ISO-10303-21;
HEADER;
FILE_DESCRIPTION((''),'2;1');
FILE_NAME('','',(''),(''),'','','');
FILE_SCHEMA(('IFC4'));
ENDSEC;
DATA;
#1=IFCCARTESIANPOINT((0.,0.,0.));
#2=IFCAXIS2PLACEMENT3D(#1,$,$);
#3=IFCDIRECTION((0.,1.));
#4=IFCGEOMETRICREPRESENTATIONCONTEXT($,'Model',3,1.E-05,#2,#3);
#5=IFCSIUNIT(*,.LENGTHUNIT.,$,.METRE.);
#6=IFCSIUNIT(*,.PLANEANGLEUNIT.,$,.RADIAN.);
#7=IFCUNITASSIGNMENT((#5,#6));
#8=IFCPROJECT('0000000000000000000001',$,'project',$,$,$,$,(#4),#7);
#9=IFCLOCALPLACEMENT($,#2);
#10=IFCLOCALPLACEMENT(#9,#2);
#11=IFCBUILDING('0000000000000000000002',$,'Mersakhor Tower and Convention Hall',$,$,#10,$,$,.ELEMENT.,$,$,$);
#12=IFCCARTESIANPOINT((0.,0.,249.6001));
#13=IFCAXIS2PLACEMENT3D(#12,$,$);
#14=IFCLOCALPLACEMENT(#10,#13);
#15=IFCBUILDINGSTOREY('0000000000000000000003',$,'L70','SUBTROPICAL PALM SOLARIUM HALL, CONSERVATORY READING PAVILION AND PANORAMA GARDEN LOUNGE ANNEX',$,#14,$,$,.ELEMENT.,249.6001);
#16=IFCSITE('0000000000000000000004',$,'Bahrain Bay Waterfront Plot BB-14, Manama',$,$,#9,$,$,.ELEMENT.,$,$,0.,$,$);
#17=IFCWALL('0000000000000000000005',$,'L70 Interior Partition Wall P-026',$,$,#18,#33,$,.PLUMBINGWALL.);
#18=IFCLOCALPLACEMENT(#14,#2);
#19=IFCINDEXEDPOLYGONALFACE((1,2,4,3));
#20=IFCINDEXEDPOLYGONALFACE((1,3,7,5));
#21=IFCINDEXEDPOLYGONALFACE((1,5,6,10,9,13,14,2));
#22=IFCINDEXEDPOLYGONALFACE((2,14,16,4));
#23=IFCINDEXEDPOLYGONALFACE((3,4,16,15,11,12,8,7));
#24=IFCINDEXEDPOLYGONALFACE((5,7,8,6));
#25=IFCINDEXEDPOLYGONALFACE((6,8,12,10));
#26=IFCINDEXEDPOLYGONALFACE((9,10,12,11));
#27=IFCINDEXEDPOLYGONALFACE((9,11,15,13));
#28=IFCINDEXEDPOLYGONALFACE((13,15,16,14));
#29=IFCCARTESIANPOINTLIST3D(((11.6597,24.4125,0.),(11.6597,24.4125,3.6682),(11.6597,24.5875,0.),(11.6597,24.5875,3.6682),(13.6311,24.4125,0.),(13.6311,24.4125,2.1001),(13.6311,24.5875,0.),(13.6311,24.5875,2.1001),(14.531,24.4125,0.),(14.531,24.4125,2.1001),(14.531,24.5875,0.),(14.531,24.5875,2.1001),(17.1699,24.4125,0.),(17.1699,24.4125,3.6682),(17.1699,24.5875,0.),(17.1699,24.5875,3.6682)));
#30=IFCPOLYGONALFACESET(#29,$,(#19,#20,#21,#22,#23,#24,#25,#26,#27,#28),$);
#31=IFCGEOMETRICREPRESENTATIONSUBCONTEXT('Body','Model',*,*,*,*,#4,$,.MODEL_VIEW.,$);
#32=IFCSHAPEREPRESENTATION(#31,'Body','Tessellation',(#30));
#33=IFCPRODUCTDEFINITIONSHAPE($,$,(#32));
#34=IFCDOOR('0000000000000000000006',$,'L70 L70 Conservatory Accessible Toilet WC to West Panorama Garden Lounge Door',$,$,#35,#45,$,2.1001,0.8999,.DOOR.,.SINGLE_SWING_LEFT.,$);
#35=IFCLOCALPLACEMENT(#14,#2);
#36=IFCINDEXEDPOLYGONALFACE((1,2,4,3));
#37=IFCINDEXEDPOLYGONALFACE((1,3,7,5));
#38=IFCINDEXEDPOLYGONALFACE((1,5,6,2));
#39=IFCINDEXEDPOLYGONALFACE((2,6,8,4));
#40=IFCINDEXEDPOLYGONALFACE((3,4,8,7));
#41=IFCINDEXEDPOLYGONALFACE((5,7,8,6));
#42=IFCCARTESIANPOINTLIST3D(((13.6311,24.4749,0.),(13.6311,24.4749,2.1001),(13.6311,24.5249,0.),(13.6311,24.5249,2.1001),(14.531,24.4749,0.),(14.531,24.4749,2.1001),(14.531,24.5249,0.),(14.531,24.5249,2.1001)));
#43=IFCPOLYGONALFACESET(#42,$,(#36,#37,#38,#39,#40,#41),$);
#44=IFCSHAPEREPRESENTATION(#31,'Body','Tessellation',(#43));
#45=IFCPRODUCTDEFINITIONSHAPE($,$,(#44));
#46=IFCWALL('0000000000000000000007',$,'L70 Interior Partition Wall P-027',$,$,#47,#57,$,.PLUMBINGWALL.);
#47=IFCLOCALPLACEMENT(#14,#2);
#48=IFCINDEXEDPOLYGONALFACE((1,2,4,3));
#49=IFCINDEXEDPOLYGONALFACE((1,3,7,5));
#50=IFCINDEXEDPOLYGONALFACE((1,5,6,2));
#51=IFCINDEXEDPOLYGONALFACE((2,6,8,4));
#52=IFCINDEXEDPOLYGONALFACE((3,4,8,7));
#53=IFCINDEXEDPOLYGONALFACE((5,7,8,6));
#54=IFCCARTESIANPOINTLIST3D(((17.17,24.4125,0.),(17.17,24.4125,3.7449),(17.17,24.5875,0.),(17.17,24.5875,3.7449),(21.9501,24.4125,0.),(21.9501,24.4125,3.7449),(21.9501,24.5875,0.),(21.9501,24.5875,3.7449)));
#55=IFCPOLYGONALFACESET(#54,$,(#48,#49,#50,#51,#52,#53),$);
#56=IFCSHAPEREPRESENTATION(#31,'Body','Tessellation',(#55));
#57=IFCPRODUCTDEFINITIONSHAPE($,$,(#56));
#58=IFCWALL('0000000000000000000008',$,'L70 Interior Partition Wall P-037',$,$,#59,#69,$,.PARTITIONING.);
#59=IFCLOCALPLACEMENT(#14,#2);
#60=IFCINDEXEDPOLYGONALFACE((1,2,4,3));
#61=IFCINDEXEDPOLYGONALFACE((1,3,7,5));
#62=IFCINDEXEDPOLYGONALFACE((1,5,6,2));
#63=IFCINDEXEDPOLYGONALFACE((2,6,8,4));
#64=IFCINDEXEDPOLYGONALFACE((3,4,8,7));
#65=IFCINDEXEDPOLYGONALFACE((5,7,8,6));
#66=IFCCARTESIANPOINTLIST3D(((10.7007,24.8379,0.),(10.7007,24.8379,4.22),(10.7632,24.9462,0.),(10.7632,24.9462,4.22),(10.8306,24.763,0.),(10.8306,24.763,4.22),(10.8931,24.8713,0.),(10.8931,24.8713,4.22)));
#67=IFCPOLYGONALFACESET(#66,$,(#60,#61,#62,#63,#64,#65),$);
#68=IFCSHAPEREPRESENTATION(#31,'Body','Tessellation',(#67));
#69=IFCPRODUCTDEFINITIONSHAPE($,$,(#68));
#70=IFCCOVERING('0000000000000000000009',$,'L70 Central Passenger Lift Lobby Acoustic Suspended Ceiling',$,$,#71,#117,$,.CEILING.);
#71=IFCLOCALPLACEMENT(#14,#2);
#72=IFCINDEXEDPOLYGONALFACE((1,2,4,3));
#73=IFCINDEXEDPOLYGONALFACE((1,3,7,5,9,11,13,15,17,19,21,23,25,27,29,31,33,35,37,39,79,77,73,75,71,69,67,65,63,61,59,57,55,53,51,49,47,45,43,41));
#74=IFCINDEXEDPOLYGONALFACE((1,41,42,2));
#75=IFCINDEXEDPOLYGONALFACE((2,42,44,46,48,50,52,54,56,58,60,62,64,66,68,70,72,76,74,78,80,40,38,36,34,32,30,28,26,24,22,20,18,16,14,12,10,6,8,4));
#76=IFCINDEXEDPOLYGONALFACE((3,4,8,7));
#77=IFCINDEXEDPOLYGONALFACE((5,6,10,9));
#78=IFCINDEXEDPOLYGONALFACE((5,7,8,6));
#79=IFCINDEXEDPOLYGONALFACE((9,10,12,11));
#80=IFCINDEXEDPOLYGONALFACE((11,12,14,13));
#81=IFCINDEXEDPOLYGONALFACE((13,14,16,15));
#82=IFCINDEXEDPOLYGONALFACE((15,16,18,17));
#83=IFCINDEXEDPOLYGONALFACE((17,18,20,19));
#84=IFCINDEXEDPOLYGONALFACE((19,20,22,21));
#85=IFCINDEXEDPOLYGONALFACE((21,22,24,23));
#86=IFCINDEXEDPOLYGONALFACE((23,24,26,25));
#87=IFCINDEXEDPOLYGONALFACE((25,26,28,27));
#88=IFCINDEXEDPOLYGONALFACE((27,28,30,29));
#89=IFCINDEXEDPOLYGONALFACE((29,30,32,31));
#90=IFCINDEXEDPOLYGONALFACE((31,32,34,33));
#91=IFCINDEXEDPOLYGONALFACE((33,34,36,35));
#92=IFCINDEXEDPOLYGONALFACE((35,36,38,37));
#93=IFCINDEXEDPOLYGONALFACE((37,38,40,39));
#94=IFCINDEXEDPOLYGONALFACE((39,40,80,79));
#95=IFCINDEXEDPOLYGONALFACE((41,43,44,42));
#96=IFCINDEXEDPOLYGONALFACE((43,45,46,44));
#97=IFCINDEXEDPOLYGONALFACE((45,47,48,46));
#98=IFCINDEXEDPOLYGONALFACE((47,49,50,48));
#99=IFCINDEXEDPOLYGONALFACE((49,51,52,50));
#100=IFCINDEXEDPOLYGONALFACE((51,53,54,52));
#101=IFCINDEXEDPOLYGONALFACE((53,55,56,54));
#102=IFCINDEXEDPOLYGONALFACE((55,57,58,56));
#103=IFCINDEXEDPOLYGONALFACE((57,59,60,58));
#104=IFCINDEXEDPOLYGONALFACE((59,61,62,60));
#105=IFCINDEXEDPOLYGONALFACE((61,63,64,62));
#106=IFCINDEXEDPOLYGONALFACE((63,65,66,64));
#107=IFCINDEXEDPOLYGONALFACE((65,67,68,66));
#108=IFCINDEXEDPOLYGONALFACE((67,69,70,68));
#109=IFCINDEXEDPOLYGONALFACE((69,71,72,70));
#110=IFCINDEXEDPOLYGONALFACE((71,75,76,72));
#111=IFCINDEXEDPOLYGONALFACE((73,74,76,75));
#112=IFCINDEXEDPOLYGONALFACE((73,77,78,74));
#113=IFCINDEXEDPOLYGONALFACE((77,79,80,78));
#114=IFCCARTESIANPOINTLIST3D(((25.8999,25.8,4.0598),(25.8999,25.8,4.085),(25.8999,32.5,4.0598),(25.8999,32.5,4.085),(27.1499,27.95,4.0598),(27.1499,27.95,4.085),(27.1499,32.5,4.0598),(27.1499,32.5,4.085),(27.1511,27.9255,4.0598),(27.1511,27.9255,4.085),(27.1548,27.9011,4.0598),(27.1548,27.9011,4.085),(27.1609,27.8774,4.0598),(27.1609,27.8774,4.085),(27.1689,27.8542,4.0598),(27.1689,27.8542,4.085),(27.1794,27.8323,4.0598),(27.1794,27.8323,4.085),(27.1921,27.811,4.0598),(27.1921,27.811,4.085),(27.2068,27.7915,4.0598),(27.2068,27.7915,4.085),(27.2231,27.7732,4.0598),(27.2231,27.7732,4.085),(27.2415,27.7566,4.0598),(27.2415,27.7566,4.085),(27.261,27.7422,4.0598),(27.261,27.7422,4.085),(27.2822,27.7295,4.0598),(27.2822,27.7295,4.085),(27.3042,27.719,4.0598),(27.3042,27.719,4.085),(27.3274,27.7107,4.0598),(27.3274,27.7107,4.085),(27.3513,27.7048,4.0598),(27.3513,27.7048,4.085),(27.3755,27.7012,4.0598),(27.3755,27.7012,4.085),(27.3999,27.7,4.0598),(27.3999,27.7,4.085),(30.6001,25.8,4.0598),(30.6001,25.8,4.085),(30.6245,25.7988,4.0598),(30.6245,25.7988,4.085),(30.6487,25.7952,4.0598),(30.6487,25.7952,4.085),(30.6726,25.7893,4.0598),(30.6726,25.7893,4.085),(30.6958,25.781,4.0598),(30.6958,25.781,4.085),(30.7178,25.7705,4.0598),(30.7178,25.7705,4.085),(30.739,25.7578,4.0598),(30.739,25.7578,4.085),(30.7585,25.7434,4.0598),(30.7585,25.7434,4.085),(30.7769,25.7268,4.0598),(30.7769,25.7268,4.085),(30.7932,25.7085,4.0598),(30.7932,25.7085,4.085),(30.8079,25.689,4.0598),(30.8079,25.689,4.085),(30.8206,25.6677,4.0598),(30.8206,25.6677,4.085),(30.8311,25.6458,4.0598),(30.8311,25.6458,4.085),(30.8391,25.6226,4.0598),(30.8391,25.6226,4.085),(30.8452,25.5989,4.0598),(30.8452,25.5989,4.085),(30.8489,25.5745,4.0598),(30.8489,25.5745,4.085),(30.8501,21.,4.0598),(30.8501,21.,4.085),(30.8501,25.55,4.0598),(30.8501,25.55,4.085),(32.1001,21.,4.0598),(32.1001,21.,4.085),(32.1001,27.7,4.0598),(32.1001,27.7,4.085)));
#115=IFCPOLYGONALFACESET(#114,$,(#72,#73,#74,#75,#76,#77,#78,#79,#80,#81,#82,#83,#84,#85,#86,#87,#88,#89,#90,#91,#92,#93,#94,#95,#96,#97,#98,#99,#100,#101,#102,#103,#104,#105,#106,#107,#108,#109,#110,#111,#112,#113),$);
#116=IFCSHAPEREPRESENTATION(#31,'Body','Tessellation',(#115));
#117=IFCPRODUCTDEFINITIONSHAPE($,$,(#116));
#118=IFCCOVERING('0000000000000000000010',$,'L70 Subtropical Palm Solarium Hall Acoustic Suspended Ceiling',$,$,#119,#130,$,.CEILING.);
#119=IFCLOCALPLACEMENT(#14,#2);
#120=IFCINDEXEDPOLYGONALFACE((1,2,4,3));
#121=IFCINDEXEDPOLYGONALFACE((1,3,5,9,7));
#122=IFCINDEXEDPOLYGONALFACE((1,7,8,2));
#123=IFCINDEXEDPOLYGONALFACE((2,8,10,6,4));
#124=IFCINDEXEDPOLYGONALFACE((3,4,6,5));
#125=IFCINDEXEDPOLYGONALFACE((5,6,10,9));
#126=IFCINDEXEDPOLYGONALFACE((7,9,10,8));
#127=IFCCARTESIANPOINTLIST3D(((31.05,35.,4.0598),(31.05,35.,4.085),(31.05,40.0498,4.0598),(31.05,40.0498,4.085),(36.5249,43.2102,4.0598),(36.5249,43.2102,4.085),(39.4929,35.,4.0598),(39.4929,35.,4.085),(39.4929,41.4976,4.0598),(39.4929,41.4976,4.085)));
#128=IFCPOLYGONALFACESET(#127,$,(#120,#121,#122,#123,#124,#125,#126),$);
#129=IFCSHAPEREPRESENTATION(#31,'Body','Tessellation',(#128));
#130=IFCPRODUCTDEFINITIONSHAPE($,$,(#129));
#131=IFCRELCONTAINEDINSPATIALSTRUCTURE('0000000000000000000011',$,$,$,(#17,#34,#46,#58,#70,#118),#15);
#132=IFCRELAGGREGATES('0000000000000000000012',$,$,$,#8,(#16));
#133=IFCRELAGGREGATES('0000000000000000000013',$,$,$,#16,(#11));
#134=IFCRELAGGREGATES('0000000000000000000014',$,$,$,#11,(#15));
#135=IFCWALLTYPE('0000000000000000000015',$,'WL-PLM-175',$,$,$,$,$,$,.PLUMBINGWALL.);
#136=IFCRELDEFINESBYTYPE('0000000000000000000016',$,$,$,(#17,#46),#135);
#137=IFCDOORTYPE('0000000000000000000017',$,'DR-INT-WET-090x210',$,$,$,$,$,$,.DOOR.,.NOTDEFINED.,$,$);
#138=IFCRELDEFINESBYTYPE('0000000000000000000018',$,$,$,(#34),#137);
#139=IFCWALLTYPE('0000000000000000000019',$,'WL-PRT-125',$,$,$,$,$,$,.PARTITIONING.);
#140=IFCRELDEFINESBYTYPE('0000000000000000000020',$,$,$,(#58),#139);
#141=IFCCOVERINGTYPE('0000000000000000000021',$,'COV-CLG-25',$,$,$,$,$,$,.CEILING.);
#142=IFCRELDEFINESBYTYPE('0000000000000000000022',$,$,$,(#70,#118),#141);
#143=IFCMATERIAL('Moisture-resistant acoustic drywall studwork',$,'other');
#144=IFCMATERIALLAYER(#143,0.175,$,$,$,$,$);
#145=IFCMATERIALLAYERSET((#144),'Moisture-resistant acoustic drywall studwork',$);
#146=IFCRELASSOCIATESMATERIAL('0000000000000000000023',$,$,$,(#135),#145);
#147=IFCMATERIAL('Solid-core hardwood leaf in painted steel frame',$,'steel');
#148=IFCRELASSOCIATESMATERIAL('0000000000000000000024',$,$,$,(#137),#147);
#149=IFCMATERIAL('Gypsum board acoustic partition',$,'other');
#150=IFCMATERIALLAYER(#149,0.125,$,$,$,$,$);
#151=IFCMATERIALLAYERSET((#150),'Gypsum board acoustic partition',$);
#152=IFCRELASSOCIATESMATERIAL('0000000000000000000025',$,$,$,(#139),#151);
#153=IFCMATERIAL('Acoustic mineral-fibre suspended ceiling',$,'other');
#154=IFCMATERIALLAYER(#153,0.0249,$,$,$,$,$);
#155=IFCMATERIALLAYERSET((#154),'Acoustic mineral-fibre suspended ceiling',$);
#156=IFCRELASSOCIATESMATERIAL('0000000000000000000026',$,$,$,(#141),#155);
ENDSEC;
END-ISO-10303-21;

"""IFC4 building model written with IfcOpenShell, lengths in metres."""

from ifc_helpers import new_model, si_unit, direction, frame, frame_2d, origin, place, context, subcontext, project, spatial, polyline, rectangle, outline, extrude, material, layer, layer_set, type_object, element, fill, save


model = new_model("IFC4")

# Units and contexts
model_context = context("Model", 3, precision=1e-05, world=origin(), true_north=direction((0.0, 1.0)))
body_context = subcontext(model_context, "Body", "Model", "MODEL_VIEW")
ifc_project = project(units=[si_unit("LENGTHUNIT", "METRE"), si_unit("PLANEANGLEUNIT", "RADIAN")], contexts=[model_context])

# Site, building, storey
site_placement = place(None, origin())
site = spatial("IfcSite", under=ifc_project, at=site_placement, Name="Bahrain Bay Waterfront Plot BB-14, Manama", CompositionType="ELEMENT", RefElevation=0.0)
building_placement = place(site_placement, origin())
building = spatial("IfcBuilding", under=site, at=building_placement, Name="Mersakhor Tower and Convention Hall", CompositionType="ELEMENT")
storey_placement = place(building_placement, frame((0.0, 0.0, 249.6001)))
storey = spatial("IfcBuildingStorey", under=building, at=storey_placement, Name="L70", Description="SUBTROPICAL PALM SOLARIUM HALL, CONSERVATORY READING PAVILION AND PANORAMA GARDEN LOUNGE ANNEX", CompositionType="ELEMENT", Elevation=249.6001)

# Wall, opening, door
ifc_material_1 = material(Name="Moisture-resistant acoustic drywall studwork", Category="other")
ifc_layer_1 = layer(ifc_material_1, 0.175)
ifc_layer_set_1 = layer_set([ifc_layer_1], Name="Moisture-resistant acoustic drywall studwork")
wall_type_1 = type_object("IfcWallType", Name="WL-PLM-175", PredefinedType="PLUMBINGWALL", material=ifc_layer_set_1)
wall_1_placement = place(storey_placement, frame((11.6597, 24.5, 0.0), z_axis=(0.0, 0.0, 1.0), x_axis=(1.0, 0.0, 0.0)))
wall_1 = element("IfcWall", 1, at=wall_1_placement, inside=storey, type_object=wall_type_1, Name="L70 Interior Partition Wall P-026", PredefinedType="PLUMBINGWALL", context=body_context, shape_type="SweptSolid", body=[
    extrude(rectangle(XDim=5.5103, YDim=0.175, at=frame_2d((2.7551, 0.0))), origin(), (0.0, 0.0, 1.0), 3.6682),
])
opening_placement = place(wall_1_placement, frame((1.9714, 0.0, 0.0)))
opening = element("IfcOpeningElement", 2, at=opening_placement, cuts=wall_1, PredefinedType="OPENING", context=body_context, shape_type="SweptSolid", body=[
    extrude(rectangle(XDim=0.8999, YDim=2.1001, at=frame_2d((0.45, 1.05))), frame((0.0, 0.0974, 0.0), z_axis=(0.0, -1.0, 0.0), x_axis=(1.0, 0.0, 0.0)), (0.0, 0.0, 1.0), 0.1951),
])
ifc_material_2 = material(Name="Solid-core hardwood leaf in painted steel frame", Category="steel")
door_type = type_object("IfcDoorType", Name="DR-INT-WET-090x210", OperationType="NOTDEFINED", PredefinedType="DOOR", material=ifc_material_2)
door_placement = place(opening_placement, origin())
door = element("IfcDoor", 3, at=door_placement, inside=storey, type_object=door_type, Name="L70 L70 Conservatory Accessible Toilet WC to West Panorama Garden Lounge Door", OperationType="SINGLE_SWING_LEFT", OverallHeight=2.1001, OverallWidth=0.8999, PredefinedType="DOOR", context=body_context, shape_type="SweptSolid", body=[
    extrude(rectangle(XDim=0.8999, YDim=2.1001, at=frame_2d((0.45, 1.05))), frame((0.0, 0.0249, 0.0), z_axis=(0.0, -1.0, 0.0), x_axis=(1.0, 0.0, 0.0)), (0.0, 0.0, 1.0), 0.05),
])
fill(opening, door)

# Walls
wall_2_placement = place(storey_placement, frame((17.1699, 24.5, 0.0), z_axis=(0.0, 0.0, 1.0), x_axis=(1.0, 0.0, 0.0)))
element("IfcWall", 4, at=wall_2_placement, inside=storey, type_object=wall_type_1, Name="L70 Interior Partition Wall P-027", PredefinedType="PLUMBINGWALL", context=body_context, shape_type="SweptSolid", body=[
    extrude(rectangle(XDim=4.78, YDim=0.175, at=frame_2d((2.3901, 0.0))), origin(), (0.0, 0.0, 1.0), 3.7449),
])
ifc_material_3 = material(Name="Gypsum board acoustic partition", Category="other")
ifc_layer_2 = layer(ifc_material_3, 0.125)
ifc_layer_set_2 = layer_set([ifc_layer_2], Name="Gypsum board acoustic partition")
wall_type_2 = type_object("IfcWallType", Name="WL-PRT-125", PredefinedType="PARTITIONING", material=ifc_layer_set_2)
wall_3_placement = place(storey_placement, frame((10.8618, 24.8171, 0.0), z_axis=(0.0, 0.0, 1.0), x_axis=(-0.866131, 0.499816, 0.0)))
element("IfcWall", 5, at=wall_3_placement, inside=storey, type_object=wall_type_2, Name="L70 Interior Partition Wall P-037", PredefinedType="PARTITIONING", context=body_context, shape_type="SweptSolid", body=[
    extrude(rectangle(XDim=0.1499, YDim=0.125, at=frame_2d((0.075, 0.0))), origin(), (0.0, 0.0, 1.0), 4.22),
])

# Coverings
ifc_material_4 = material(Name="Acoustic mineral-fibre suspended ceiling", Category="other")
ifc_layer_3 = layer(ifc_material_4, 0.0249)
ifc_layer_set_3 = layer_set([ifc_layer_3], Name="Acoustic mineral-fibre suspended ceiling")
covering_type_1 = type_object("IfcCoveringType", Name="COV-CLG-25", PredefinedType="CEILING", material=ifc_layer_set_3)
covering_1_placement = place(storey_placement, frame((0.0, 0.0, 4.0598)))
element("IfcCovering", 6, at=covering_1_placement, inside=storey, type_object=covering_type_1, Name="L70 Central Passenger Lift Lobby Acoustic Suspended Ceiling", PredefinedType="CEILING", context=body_context, shape_type="SweptSolid", body=[
    extrude(outline(polyline([(30.8501, 21.0), (30.8501, 25.55), (30.8489, 25.5745), (30.8452, 25.5989), (30.8391, 25.6226), (30.8311, 25.6458), (30.8206, 25.6677), (30.8079, 25.689), (30.7932, 25.7085), (30.7769, 25.7268), (30.7585, 25.7434), (30.739, 25.7578), (30.7178, 25.7705), (30.6958, 25.781), (30.6726, 25.7893), (30.6487, 25.7952), (30.6245, 25.7988), (30.6001, 25.8), (25.8999, 25.8), (25.8999, 32.5), (27.1499, 32.5), (27.1499, 27.95), (27.1511, 27.9255), (27.1548, 27.9011), (27.1609, 27.8774), (27.1689, 27.8542), (27.1794, 27.8323), (27.1921, 27.811), (27.2068, 27.7915), (27.2231, 27.7732), (27.2415, 27.7566), (27.261, 27.7422), (27.2822, 27.7295), (27.3042, 27.719), (27.3274, 27.7107), (27.3513, 27.7048), (27.3755, 27.7012), (27.3999, 27.7), (32.1001, 27.7), (32.1001, 21.0), (30.8501, 21.0)])), origin(), (0.0, 0.0, 1.0), 0.0251),
])
covering_2_placement = place(storey_placement, frame((0.0, 0.0, 4.0598)))
element("IfcCovering", 7, at=covering_2_placement, inside=storey, type_object=covering_type_1, Name="L70 Subtropical Palm Solarium Hall Acoustic Suspended Ceiling", PredefinedType="CEILING", context=body_context, shape_type="SweptSolid", body=[
    extrude(outline(polyline([(39.4929, 35.0), (31.05, 35.0), (31.05, 40.0498), (36.5249, 43.2102), (39.4929, 41.4976), (39.4929, 35.0)])), origin(), (0.0, 0.0, 1.0), 0.0251),
])

save(model, "model.ifc")
